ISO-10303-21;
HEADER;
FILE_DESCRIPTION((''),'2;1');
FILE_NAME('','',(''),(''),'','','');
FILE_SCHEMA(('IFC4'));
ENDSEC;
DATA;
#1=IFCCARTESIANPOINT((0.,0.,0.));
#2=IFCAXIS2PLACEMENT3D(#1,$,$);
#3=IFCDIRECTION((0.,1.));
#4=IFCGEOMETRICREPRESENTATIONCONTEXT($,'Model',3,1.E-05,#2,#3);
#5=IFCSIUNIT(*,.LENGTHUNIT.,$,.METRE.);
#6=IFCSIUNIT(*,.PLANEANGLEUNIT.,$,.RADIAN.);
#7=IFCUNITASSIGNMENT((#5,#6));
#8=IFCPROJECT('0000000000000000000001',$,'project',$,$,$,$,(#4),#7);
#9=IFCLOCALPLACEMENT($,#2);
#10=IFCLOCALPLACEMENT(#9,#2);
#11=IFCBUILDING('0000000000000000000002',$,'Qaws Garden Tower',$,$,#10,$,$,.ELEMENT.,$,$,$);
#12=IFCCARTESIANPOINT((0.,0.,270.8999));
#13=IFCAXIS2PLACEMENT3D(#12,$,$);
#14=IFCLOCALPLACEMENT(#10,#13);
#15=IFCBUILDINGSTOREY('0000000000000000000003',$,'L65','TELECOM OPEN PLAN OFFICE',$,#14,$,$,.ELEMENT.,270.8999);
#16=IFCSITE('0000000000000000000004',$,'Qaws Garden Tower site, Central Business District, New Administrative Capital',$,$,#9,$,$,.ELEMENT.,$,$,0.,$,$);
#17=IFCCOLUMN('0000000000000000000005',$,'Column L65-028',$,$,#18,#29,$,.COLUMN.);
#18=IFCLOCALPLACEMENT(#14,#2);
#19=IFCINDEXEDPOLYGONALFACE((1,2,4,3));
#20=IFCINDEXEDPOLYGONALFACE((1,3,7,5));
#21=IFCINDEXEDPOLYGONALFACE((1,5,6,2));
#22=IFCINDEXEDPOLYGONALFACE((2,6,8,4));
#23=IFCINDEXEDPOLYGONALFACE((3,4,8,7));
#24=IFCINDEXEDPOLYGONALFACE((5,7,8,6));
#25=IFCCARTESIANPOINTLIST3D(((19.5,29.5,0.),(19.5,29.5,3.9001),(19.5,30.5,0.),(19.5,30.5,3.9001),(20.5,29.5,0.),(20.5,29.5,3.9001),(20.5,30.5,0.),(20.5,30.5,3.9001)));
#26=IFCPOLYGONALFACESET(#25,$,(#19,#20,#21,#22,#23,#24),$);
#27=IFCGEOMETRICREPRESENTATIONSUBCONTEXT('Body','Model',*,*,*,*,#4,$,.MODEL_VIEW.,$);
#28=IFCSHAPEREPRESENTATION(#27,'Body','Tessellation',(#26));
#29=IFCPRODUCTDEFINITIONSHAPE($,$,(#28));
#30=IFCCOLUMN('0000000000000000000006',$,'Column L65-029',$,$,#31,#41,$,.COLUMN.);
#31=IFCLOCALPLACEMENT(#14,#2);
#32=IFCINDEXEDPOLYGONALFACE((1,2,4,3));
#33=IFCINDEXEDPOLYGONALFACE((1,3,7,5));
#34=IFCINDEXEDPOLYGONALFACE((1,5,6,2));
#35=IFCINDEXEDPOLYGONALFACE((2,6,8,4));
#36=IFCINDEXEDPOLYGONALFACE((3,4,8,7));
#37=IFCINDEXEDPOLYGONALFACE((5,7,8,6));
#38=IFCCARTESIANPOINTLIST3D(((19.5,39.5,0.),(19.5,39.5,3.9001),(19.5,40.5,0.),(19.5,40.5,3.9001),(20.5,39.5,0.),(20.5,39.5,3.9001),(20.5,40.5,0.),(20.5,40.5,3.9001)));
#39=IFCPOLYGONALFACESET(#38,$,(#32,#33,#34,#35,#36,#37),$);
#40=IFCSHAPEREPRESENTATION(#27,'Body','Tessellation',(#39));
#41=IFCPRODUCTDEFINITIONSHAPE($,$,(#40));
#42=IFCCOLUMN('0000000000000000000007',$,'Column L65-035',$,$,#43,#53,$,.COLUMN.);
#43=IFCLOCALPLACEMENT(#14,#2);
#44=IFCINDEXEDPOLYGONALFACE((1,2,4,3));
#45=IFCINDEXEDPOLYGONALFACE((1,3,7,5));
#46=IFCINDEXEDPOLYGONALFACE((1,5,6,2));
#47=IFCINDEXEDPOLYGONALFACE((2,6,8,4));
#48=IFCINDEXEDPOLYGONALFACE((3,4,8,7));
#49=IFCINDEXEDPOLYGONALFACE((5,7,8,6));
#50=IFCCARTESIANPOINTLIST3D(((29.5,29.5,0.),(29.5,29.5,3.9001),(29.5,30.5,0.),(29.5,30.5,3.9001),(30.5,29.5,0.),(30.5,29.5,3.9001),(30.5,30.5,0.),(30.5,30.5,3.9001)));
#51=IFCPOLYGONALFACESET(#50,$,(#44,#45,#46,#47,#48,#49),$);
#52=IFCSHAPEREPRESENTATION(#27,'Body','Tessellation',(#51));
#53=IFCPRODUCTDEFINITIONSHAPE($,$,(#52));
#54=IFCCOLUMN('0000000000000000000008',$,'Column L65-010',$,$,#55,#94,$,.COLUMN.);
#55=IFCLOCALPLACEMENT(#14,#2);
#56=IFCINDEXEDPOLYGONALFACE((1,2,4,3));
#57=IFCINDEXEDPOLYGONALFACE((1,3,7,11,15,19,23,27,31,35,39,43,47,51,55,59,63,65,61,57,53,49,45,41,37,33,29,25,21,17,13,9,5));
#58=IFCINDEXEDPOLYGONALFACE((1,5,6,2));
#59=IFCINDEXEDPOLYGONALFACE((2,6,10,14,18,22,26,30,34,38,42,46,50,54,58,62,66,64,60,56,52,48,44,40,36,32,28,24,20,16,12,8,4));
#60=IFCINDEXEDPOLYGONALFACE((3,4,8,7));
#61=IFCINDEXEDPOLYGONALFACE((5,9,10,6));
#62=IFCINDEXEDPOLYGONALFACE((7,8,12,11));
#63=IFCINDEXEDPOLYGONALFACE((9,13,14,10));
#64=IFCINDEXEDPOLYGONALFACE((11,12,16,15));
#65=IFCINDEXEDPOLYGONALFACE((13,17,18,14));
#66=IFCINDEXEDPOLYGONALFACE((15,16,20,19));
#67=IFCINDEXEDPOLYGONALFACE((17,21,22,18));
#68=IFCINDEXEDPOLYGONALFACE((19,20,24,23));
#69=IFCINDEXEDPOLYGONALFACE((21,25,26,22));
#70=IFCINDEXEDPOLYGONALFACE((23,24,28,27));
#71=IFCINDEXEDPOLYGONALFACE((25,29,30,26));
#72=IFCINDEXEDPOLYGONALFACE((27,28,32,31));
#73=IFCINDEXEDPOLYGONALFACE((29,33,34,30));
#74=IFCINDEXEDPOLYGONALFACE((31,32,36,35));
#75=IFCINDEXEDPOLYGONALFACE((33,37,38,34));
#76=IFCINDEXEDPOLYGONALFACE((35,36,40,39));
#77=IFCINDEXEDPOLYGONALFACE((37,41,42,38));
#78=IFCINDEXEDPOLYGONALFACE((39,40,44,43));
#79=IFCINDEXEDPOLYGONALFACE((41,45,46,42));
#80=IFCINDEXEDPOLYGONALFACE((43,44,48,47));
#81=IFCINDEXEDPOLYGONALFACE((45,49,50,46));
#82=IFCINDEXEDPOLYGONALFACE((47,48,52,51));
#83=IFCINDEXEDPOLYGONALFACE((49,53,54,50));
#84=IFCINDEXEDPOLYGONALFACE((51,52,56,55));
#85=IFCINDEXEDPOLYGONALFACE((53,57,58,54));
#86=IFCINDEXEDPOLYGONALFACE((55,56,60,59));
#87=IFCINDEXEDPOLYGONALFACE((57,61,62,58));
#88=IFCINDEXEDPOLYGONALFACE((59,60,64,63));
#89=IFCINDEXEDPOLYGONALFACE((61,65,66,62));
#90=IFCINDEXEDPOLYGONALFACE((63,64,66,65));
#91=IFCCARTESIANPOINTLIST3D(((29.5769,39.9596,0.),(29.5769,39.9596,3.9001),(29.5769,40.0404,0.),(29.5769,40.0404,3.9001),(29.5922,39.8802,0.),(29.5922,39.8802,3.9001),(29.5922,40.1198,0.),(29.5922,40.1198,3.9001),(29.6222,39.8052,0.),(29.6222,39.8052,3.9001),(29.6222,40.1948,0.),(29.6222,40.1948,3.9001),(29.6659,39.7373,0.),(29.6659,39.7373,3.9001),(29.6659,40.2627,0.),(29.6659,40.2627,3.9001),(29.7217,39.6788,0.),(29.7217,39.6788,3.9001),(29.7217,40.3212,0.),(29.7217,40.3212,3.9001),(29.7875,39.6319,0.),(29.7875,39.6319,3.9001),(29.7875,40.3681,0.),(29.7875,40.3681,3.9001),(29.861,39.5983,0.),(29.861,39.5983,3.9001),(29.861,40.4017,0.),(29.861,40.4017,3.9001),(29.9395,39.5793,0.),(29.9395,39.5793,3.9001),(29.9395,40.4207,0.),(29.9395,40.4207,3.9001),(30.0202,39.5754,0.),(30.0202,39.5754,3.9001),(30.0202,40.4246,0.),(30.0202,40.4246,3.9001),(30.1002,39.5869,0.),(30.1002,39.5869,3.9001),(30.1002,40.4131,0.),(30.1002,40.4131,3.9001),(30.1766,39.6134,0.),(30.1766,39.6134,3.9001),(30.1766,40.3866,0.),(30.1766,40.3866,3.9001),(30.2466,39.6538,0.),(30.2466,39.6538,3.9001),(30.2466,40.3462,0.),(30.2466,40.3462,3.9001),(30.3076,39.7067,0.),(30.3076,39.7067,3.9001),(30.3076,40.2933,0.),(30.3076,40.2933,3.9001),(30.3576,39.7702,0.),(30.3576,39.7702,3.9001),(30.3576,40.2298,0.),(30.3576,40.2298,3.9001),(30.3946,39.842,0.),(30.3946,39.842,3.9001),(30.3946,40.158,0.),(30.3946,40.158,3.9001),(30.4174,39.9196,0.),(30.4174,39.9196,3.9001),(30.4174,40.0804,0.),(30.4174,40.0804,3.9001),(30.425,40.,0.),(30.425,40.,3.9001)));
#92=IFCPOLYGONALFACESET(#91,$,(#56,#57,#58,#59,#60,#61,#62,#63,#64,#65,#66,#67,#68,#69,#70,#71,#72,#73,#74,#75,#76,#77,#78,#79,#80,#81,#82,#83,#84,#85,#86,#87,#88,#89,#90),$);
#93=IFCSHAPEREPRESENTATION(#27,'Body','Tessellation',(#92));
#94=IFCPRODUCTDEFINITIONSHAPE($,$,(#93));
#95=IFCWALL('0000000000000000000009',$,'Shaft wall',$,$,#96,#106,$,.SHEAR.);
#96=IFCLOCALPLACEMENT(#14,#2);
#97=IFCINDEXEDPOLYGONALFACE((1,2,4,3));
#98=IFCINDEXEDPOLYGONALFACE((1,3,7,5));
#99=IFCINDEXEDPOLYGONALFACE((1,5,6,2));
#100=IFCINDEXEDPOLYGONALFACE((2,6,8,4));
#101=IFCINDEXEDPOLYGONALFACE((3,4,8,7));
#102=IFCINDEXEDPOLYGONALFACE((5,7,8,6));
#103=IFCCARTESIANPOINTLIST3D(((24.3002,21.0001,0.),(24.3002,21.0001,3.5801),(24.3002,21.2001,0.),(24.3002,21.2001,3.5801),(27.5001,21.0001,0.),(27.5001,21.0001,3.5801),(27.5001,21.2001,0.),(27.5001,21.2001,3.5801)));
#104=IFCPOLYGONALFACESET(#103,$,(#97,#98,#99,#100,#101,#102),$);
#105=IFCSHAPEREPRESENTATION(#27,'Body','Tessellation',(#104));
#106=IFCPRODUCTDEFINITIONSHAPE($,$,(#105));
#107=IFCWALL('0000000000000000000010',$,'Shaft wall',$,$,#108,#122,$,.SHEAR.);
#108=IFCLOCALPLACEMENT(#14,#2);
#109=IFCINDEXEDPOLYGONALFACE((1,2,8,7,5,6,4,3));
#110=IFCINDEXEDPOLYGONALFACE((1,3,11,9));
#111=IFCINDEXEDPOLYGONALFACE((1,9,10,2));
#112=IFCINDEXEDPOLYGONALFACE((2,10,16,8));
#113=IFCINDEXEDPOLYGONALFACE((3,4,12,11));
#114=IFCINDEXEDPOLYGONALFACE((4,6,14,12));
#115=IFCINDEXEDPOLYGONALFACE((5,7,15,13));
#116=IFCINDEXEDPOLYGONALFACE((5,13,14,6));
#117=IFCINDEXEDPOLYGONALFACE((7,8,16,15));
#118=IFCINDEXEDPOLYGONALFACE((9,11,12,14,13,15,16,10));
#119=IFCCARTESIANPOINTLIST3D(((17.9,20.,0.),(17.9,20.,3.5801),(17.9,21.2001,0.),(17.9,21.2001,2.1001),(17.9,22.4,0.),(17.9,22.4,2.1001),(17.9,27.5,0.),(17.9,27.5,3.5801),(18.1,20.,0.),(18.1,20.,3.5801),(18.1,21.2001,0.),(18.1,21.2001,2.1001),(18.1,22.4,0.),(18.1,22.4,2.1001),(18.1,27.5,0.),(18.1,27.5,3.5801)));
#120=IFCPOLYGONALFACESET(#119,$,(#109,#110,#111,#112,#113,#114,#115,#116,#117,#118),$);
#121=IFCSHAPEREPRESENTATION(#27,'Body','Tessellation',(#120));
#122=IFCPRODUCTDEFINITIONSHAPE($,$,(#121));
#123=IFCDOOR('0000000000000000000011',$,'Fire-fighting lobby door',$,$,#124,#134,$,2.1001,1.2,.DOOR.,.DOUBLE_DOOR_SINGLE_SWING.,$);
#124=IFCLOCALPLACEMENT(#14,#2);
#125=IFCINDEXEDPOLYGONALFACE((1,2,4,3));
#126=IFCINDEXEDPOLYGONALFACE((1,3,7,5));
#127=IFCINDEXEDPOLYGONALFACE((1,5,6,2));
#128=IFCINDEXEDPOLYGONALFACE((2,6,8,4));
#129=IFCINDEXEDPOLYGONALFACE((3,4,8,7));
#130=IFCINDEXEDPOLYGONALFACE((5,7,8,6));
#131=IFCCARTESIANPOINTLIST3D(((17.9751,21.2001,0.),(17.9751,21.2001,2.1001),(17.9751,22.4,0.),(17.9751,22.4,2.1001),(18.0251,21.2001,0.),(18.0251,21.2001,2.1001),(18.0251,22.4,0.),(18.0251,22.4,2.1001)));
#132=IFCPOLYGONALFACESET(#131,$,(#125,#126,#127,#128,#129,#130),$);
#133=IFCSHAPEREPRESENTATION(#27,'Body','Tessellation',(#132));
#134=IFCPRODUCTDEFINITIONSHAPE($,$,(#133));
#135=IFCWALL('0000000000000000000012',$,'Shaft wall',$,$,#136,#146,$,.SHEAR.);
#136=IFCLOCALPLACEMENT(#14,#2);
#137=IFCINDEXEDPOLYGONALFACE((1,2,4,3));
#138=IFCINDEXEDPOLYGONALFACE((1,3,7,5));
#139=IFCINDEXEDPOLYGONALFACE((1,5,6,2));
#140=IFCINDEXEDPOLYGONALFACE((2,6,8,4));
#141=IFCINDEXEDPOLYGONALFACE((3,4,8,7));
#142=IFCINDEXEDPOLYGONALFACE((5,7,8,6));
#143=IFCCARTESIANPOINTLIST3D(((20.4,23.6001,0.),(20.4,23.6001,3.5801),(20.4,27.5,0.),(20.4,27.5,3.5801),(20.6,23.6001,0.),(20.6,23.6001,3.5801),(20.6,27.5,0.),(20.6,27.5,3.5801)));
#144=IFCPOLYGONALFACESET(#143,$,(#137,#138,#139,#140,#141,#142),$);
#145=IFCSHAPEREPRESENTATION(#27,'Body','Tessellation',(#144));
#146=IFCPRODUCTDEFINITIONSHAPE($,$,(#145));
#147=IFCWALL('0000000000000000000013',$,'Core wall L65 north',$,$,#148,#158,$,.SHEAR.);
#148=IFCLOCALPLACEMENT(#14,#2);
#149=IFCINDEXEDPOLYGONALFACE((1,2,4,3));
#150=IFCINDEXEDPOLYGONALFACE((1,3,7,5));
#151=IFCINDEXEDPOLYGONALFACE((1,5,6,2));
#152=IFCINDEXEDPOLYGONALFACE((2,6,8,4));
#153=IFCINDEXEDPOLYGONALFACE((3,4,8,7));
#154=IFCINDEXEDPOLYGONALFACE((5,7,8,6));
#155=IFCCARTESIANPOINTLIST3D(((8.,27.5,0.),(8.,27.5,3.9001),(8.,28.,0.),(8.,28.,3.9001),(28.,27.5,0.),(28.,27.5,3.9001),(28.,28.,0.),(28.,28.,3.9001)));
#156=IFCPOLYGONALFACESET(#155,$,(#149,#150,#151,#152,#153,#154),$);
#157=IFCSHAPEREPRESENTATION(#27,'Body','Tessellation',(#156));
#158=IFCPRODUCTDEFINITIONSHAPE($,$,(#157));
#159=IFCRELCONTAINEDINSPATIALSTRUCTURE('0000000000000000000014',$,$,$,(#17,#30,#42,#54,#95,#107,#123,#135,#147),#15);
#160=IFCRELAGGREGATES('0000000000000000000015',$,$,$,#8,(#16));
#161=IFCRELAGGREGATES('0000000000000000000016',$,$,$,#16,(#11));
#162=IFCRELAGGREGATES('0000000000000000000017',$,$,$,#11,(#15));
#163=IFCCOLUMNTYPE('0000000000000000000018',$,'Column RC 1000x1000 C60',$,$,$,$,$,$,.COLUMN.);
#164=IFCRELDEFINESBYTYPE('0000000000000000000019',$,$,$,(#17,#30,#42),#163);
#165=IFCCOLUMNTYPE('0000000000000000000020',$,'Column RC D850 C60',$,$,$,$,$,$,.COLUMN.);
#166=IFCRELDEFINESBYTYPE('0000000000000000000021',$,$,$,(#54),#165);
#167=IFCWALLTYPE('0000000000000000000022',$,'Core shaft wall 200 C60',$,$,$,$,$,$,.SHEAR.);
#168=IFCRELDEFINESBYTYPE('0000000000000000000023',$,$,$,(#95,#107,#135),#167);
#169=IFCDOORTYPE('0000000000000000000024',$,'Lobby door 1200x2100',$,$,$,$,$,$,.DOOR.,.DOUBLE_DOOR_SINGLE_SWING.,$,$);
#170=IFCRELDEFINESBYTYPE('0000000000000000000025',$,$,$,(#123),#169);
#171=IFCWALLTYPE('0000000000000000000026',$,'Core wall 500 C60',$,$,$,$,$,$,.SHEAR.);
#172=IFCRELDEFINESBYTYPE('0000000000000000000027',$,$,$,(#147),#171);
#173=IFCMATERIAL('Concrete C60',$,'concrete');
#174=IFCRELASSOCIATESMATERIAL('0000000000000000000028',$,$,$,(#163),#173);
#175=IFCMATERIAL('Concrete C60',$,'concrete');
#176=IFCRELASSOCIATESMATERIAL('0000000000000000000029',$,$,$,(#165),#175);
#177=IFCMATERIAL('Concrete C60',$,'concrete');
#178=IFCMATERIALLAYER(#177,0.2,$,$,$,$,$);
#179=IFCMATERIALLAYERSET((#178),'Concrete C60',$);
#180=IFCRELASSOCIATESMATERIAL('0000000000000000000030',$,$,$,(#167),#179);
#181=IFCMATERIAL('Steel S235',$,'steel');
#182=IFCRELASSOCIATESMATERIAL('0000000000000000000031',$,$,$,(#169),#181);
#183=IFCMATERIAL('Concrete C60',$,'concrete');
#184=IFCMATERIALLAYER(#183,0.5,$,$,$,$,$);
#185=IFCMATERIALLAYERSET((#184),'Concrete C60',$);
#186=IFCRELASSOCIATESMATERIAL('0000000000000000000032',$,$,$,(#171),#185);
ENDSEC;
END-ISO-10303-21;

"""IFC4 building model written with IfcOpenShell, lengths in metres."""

from ifc_helpers import new_model, si_unit, direction, frame, frame_2d, origin, origin_2d, place, context, subcontext, project, spatial, rectangle, circle, extrude, material, layer, layer_set, material_profile, profile_set, type_object, element, fill, save


model = new_model("IFC4")

# Units and contexts
model_context = context("Model", 3, precision=1e-05, world=origin(), true_north=direction((0.0, 1.0)))
body_context = subcontext(model_context, "Body", "Model", "MODEL_VIEW")
ifc_project = project(units=[si_unit("LENGTHUNIT", "METRE"), si_unit("PLANEANGLEUNIT", "RADIAN")], contexts=[model_context])

# Site, building, storey
site_placement = place(None, origin())
site = spatial("IfcSite", under=ifc_project, at=site_placement, Name="Qaws Garden Tower site, Central Business District, New Administrative Capital", CompositionType="ELEMENT", RefElevation=0.0)
building_placement = place(site_placement, origin())
building = spatial("IfcBuilding", under=site, at=building_placement, Name="Qaws Garden Tower", CompositionType="ELEMENT")
storey_placement = place(building_placement, frame((0.0, 0.0, 270.8999)))
storey = spatial("IfcBuildingStorey", under=building, at=storey_placement, Name="L65", Description="TELECOM OPEN PLAN OFFICE", CompositionType="ELEMENT", Elevation=270.8999)

# Columns
ifc_material_1 = material(Name="Concrete C60", Category="concrete")
ifc_material_profile_1 = material_profile(ifc_material_1, rectangle(XDim=1.0, YDim=1.0, at=origin_2d()), Name="RC 1000x1000")
ifc_profile_set_1 = profile_set([ifc_material_profile_1], Name="Concrete C60")
column_type_1 = type_object("IfcColumnType", Name="Column RC 1000x1000 C60", PredefinedType="COLUMN", material=ifc_profile_set_1)
for number, where, z_axis, x_axis, name in (
    (1, (20.0, 30.0, 0.0), (0.0, 0.0, 1.0), (1.0, 0.0, 0.0), "Column L65-028"),
    (2, (20.0, 40.0, 0.0), (0.0, 0.0, 1.0), (1.0, 0.0, 0.0), "Column L65-029"),
    (3, (30.0, 30.0, 0.0), (0.0, 0.0, 1.0), (1.0, 0.0, 0.0), "Column L65-035"),
):
    element("IfcColumn", number, at=place(storey_placement, frame(where, z_axis=z_axis, x_axis=x_axis)), inside=storey, type_object=column_type_1, Name=name, PredefinedType="COLUMN", context=body_context, shape_type="SweptSolid", body=[
        extrude(rectangle(XDim=1.0, YDim=1.0, at=origin_2d()), origin(), (0.0, 0.0, 1.0), 3.9001),
    ])
ifc_material_2 = material(Name="Concrete C60", Category="concrete")
ifc_material_profile_2 = material_profile(ifc_material_2, circle(Radius=0.425, at=origin_2d()), Name="RC D850")
ifc_profile_set_2 = profile_set([ifc_material_profile_2], Name="Concrete C60")
column_type_2 = type_object("IfcColumnType", Name="Column RC D850 C60", PredefinedType="COLUMN", material=ifc_profile_set_2)
column_placement = place(storey_placement, frame((30.0, 40.0, 0.0), z_axis=(0.0, 0.0, 1.0), x_axis=(1.0, 0.0, 0.0)))
element("IfcColumn", 4, at=column_placement, inside=storey, type_object=column_type_2, Name="Column L65-010", PredefinedType="COLUMN", context=body_context, shape_type="SweptSolid", body=[
    extrude(circle(Radius=0.425, at=origin_2d()), origin(), (0.0, 0.0, 1.0), 3.9001),
])

# Wall
ifc_material_3 = material(Name="Concrete C60", Category="concrete")
ifc_layer_1 = layer(ifc_material_3, 0.2)
ifc_layer_set_1 = layer_set([ifc_layer_1], Name="Concrete C60")
wall_type_1 = type_object("IfcWallType", Name="Core shaft wall 200 C60", PredefinedType="SHEAR", material=ifc_layer_set_1)
wall_1_placement = place(storey_placement, frame((24.3, 21.1001, 0.0), z_axis=(0.0, 0.0, 1.0), x_axis=(1.0, 0.0, 0.0)))
element("IfcWall", 5, at=wall_1_placement, inside=storey, type_object=wall_type_1, Name="Shaft wall", PredefinedType="SHEAR", context=body_context, shape_type="SweptSolid", body=[
    extrude(rectangle(XDim=3.2, YDim=0.2, at=frame_2d((1.6001, 0.0))), origin(), (0.0, 0.0, 1.0), 3.5801),
])

# Wall, opening, door
wall_2_placement = place(storey_placement, frame((18.0, 20.0, 0.0), z_axis=(0.0, 0.0, 1.0), x_axis=(0.0, 1.0, 0.0)))
wall_2 = element("IfcWall", 6, at=wall_2_placement, inside=storey, type_object=wall_type_1, Name="Shaft wall", PredefinedType="SHEAR", context=body_context, shape_type="SweptSolid", body=[
    extrude(rectangle(XDim=7.5, YDim=0.2, at=frame_2d((3.75, 0.0))), origin(), (0.0, 0.0, 1.0), 3.5801),
])
opening_1_placement = place(wall_2_placement, frame((1.2, 0.0, 0.0)))
opening_1 = element("IfcOpeningElement", 7, at=opening_1_placement, cuts=wall_2, PredefinedType="OPENING", context=body_context, shape_type="SweptSolid", body=[
    extrude(rectangle(XDim=1.2, YDim=2.1001, at=frame_2d((0.6001, 1.05))), frame((0.0, 0.1099, 0.0), z_axis=(0.0, -1.0, 0.0), x_axis=(1.0, 0.0, 0.0)), (0.0, 0.0, 1.0), 0.22),
])
ifc_material_4 = material(Name="Steel S235", Category="steel")
door_type_1 = type_object("IfcDoorType", Name="Lobby door 1200x2100", OperationType="DOUBLE_DOOR_SINGLE_SWING", PredefinedType="DOOR", material=ifc_material_4)
door_1_placement = place(opening_1_placement, origin())
door_1 = element("IfcDoor", 8, at=door_1_placement, inside=storey, type_object=door_type_1, Name="Fire-fighting lobby door", OperationType="DOUBLE_DOOR_SINGLE_SWING", OverallHeight=2.1001, OverallWidth=1.2, PredefinedType="DOOR", context=body_context, shape_type="SweptSolid", body=[
    extrude(rectangle(XDim=1.2, YDim=2.1001, at=frame_2d((0.6001, 1.05))), frame((0.0, 0.0249, 0.0), z_axis=(0.0, -1.0, 0.0), x_axis=(1.0, 0.0, 0.0)), (0.0, 0.0, 1.0), 0.05),
])
fill(opening_1, door_1)

# Walls
wall_3_placement = place(storey_placement, frame((20.5, 23.6001, 0.0), z_axis=(0.0, 0.0, 1.0), x_axis=(0.0, 1.0, 0.0)))
element("IfcWall", 9, at=wall_3_placement, inside=storey, type_object=wall_type_1, Name="Shaft wall", PredefinedType="SHEAR", context=body_context, shape_type="SweptSolid", body=[
    extrude(rectangle(XDim=3.8999, YDim=0.2, at=frame_2d((1.95, 0.0))), origin(), (0.0, 0.0, 1.0), 3.5801),
])
ifc_material_5 = material(Name="Concrete C60", Category="concrete")
ifc_layer_2 = layer(ifc_material_5, 0.5)
ifc_layer_set_2 = layer_set([ifc_layer_2], Name="Concrete C60")
wall_type_2 = type_object("IfcWallType", Name="Core wall 500 C60", PredefinedType="SHEAR", material=ifc_layer_set_2)
wall_4_placement = place(storey_placement, frame((28.0, 27.75, 0.0), z_axis=(0.0, 0.0, 1.0), x_axis=(-1.0, 0.0, 0.0)))
element("IfcWall", 10, at=wall_4_placement, inside=storey, type_object=wall_type_2, Name="Core wall L65 north", PredefinedType="SHEAR", context=body_context, shape_type="SweptSolid", body=[
    extrude(rectangle(XDim=20.0, YDim=0.5, at=frame_2d((10.0, 0.0))), origin(), (0.0, 0.0, 1.0), 3.9001),
])

save(model, "model.ifc")
